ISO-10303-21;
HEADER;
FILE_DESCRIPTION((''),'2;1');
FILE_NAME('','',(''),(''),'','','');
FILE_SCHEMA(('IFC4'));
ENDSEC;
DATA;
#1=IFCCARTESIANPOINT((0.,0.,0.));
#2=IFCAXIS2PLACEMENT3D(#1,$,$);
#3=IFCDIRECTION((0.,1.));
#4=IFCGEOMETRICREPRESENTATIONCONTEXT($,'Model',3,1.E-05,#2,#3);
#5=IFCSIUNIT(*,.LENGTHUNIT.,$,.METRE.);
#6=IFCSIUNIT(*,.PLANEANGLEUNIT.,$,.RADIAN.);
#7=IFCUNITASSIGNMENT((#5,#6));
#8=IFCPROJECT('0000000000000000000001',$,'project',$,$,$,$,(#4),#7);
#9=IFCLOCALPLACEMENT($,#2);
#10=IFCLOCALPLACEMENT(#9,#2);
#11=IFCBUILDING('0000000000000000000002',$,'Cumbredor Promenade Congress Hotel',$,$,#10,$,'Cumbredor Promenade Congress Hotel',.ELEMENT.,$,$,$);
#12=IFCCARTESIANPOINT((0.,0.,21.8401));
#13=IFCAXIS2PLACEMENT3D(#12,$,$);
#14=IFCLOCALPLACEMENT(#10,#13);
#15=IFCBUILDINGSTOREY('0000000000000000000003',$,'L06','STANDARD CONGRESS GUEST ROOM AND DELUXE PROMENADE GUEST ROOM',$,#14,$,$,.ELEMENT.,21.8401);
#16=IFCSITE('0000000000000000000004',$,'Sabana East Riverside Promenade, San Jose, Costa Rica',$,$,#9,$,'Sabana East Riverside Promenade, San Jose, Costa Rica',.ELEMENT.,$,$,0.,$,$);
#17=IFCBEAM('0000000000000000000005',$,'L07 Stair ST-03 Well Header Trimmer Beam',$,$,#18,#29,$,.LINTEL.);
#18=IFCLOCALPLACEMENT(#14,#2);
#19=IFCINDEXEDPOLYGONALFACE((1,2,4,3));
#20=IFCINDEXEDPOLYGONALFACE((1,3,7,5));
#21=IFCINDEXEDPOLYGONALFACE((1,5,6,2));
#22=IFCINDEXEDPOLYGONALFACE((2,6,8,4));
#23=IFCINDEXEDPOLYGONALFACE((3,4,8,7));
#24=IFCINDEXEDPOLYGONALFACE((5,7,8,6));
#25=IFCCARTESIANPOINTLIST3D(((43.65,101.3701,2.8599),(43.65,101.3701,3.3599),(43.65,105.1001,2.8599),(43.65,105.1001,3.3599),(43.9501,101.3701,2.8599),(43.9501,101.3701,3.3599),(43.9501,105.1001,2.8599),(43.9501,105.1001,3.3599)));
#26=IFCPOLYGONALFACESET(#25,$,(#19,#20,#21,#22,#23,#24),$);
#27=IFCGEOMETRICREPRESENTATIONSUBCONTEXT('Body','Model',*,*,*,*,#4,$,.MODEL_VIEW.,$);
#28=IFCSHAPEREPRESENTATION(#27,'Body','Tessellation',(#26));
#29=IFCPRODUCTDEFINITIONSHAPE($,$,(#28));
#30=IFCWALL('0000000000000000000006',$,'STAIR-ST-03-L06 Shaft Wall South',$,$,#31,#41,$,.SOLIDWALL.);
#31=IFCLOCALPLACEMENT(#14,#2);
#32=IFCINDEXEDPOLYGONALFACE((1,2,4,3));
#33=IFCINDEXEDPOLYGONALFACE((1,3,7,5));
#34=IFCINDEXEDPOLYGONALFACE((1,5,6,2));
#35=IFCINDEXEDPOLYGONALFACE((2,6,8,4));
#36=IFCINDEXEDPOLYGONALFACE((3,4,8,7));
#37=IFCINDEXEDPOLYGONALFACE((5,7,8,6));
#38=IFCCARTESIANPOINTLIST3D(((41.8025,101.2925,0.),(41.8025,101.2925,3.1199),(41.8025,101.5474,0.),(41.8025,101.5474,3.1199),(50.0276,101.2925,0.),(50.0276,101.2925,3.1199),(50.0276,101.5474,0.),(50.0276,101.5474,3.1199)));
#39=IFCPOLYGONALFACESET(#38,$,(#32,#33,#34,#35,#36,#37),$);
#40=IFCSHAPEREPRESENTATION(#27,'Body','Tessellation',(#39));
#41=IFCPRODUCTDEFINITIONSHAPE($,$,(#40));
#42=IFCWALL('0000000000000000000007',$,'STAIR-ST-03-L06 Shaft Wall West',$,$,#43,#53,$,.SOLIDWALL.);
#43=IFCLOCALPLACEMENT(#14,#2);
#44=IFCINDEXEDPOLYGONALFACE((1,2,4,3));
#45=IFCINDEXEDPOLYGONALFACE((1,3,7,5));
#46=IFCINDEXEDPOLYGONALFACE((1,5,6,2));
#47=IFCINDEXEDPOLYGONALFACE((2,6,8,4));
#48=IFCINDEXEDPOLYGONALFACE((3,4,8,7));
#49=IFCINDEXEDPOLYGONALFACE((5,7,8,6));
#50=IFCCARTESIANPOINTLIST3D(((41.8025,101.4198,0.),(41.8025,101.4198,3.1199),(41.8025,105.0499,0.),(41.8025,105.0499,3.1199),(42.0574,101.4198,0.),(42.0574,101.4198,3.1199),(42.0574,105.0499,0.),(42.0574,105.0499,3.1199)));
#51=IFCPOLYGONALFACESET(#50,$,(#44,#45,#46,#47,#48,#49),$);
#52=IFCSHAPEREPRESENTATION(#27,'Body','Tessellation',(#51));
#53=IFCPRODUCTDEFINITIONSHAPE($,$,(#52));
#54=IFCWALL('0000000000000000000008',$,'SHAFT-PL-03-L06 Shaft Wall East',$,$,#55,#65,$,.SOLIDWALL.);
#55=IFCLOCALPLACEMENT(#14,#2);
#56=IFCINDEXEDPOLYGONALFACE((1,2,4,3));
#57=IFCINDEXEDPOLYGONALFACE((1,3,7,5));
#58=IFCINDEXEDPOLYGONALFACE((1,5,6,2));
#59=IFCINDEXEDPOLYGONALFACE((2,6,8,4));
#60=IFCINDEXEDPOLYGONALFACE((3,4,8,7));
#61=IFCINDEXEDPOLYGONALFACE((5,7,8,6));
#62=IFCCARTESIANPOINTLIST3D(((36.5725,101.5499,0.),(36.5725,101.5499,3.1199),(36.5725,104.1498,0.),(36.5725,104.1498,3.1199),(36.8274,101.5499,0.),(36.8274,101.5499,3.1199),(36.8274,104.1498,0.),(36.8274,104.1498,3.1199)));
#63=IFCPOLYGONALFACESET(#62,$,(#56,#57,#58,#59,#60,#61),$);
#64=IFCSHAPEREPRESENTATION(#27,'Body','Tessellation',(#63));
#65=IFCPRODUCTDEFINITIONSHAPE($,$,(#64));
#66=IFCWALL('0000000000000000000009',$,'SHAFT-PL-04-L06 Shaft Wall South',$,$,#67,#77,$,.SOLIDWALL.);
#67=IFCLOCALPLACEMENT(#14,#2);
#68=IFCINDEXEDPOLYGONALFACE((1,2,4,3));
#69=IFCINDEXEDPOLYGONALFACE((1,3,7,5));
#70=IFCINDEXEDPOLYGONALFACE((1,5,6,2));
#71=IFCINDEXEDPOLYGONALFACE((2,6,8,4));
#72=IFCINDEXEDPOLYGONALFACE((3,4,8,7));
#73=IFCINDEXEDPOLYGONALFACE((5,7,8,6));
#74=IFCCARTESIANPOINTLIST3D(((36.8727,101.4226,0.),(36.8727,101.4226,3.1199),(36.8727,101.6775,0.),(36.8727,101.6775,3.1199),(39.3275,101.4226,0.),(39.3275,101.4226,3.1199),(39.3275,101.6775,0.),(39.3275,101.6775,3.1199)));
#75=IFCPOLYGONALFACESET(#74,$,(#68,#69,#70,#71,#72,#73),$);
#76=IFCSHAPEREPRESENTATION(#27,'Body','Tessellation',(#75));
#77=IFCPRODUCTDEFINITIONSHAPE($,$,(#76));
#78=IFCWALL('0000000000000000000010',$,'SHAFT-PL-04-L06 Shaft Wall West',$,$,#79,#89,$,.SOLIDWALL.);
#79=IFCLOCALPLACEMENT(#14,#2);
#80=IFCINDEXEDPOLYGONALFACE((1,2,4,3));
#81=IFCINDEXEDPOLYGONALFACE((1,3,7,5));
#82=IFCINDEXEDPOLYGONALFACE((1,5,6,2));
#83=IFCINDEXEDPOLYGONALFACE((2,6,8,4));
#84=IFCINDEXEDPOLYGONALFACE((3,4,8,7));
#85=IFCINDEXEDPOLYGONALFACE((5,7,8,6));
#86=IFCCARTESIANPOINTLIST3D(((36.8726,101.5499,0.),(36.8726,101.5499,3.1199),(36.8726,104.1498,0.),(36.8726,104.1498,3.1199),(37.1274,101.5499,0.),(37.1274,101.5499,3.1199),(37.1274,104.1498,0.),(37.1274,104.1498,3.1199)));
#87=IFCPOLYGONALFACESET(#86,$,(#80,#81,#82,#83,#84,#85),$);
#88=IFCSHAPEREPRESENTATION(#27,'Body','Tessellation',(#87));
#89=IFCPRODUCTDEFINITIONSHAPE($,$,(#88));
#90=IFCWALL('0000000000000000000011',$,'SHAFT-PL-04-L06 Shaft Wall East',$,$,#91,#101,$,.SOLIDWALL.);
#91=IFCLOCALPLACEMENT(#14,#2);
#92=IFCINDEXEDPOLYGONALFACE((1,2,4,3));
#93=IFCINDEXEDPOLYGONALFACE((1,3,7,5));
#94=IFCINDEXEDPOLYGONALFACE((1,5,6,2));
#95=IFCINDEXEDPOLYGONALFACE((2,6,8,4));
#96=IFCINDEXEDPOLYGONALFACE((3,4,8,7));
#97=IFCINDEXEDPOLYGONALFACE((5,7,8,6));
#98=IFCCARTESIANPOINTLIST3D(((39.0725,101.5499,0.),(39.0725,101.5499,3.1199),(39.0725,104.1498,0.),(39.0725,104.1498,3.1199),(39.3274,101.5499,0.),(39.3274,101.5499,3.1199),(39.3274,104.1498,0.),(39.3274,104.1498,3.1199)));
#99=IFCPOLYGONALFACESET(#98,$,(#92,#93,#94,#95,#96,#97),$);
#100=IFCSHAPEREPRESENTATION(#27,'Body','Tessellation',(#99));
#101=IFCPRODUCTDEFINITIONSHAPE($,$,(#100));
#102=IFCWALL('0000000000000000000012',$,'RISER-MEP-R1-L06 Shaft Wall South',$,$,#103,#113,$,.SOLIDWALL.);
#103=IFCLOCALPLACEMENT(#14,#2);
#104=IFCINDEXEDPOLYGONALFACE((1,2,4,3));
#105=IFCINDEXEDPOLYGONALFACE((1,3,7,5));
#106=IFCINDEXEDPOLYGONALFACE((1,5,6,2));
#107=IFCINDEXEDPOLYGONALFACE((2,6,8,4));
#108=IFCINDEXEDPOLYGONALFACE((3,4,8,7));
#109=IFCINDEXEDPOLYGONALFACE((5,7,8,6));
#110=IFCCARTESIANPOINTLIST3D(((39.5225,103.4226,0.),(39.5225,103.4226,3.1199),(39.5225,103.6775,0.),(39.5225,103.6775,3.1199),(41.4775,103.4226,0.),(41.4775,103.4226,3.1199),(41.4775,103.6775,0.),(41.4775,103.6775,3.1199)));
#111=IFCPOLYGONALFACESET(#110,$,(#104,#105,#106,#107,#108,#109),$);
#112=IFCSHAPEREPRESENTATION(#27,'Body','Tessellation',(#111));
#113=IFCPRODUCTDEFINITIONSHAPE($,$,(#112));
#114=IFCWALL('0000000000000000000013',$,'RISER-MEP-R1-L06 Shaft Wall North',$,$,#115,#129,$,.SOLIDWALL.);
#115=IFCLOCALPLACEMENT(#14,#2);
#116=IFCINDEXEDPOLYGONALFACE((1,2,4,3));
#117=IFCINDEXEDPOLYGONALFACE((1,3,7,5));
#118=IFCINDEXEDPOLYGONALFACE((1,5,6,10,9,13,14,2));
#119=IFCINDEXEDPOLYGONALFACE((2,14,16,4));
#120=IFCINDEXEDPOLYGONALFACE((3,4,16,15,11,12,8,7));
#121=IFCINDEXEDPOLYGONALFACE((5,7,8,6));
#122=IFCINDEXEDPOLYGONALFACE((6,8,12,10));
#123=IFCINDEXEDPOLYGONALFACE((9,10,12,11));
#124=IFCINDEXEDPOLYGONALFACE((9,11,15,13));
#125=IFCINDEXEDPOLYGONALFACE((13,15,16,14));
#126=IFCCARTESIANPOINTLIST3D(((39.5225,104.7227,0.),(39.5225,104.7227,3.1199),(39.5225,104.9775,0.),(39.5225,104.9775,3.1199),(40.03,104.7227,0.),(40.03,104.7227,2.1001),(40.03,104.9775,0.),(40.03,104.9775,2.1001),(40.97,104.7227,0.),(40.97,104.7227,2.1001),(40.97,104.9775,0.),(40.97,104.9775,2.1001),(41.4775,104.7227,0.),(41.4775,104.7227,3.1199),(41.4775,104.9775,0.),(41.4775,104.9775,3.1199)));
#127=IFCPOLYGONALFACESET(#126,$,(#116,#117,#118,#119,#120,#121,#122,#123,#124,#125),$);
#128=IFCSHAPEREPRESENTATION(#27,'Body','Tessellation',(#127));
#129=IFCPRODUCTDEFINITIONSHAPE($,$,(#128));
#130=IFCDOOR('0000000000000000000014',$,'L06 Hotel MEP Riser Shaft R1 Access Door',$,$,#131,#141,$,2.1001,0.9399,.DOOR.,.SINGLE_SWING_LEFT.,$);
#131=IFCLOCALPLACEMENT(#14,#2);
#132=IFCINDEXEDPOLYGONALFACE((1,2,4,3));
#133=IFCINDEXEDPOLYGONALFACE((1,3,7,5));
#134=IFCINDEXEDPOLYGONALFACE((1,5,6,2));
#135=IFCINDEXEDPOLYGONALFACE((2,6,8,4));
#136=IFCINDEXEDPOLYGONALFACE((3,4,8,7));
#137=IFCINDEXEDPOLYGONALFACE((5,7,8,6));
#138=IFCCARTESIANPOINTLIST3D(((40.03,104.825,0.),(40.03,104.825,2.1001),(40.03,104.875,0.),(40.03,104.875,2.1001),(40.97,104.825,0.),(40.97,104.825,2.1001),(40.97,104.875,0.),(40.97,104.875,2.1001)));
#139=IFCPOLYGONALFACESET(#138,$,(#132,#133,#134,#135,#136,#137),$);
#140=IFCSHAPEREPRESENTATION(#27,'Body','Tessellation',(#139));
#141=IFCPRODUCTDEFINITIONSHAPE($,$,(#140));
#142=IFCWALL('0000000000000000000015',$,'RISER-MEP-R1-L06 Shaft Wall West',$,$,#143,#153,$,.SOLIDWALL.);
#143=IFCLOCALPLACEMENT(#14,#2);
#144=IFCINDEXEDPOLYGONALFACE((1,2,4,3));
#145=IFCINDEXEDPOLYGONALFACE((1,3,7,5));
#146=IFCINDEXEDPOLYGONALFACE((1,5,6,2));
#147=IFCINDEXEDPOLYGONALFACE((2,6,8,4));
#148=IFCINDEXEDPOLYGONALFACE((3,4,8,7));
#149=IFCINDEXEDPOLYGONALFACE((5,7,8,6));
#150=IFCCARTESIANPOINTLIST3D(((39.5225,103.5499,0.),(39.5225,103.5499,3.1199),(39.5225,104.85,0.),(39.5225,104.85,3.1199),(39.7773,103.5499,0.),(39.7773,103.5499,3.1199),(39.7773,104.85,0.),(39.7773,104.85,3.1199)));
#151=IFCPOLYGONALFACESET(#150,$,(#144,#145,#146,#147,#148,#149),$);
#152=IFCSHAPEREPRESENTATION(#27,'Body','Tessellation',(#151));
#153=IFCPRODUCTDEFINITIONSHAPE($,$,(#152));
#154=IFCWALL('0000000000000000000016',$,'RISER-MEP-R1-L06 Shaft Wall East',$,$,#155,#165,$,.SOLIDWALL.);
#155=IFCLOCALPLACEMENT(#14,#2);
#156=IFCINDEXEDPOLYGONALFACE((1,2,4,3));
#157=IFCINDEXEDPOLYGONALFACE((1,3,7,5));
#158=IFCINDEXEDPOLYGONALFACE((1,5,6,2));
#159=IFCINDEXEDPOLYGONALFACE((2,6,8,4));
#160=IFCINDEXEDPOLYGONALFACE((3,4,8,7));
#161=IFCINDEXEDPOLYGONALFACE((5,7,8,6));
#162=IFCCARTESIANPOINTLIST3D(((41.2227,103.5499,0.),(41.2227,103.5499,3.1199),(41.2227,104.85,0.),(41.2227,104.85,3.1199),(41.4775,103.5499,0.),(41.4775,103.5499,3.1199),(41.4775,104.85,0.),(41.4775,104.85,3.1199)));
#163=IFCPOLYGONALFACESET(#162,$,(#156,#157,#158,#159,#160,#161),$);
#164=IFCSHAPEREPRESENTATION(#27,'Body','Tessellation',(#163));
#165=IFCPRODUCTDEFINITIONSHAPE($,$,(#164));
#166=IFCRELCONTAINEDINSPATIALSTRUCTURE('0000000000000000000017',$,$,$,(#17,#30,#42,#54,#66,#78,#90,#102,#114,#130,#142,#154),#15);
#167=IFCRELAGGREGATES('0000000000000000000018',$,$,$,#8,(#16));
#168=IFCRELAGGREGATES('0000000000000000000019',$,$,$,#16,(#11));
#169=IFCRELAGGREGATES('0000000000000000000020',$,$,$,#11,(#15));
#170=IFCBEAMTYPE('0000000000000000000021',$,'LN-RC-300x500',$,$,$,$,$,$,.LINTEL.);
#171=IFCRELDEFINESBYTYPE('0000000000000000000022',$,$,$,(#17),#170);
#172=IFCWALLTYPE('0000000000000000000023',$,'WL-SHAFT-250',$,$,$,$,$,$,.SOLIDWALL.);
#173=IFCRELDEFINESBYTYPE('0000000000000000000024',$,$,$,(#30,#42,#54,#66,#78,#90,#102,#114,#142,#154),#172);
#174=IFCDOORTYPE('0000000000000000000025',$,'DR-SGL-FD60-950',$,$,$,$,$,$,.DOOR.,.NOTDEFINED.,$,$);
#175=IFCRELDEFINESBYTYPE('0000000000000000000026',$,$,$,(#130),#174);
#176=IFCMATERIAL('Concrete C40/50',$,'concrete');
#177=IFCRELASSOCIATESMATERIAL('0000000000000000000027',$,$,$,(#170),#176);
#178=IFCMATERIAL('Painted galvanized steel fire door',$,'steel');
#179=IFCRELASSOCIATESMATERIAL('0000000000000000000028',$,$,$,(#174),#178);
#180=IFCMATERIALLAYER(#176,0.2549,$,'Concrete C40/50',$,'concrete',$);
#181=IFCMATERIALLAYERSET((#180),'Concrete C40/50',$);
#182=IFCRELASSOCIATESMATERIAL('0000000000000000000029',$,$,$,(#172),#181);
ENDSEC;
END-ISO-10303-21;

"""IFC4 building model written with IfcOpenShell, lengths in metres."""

from ifc_helpers import new_model, si_unit, direction, frame, frame_2d, origin, origin_2d, place, context, subcontext, project, spatial, rectangle, extrude, material, layer, layer_set, material_profile, profile_set, type_object, element, fill, save


model = new_model("IFC4")

# Units and contexts
model_context = context("Model", 3, precision=1e-05, world=origin(), true_north=direction((0.0, 1.0)))
body_context = subcontext(model_context, "Body", "Model", "MODEL_VIEW")
ifc_project = project(units=[si_unit("LENGTHUNIT", "METRE"), si_unit("PLANEANGLEUNIT", "RADIAN")], contexts=[model_context])

# Site, building, storey
site_placement = place(None, origin())
site = spatial("IfcSite", under=ifc_project, at=site_placement, Name="Sabana East Riverside Promenade, San Jose, Costa Rica", LongName="Sabana East Riverside Promenade, San Jose, Costa Rica", CompositionType="ELEMENT", RefElevation=0.0)
building_placement = place(site_placement, origin())
building = spatial("IfcBuilding", under=site, at=building_placement, Name="Cumbredor Promenade Congress Hotel", LongName="Cumbredor Promenade Congress Hotel", CompositionType="ELEMENT")
storey_placement = place(building_placement, frame((0.0, 0.0, 21.8401)))
storey = spatial("IfcBuildingStorey", under=building, at=storey_placement, Name="L06", Description="STANDARD CONGRESS GUEST ROOM AND DELUXE PROMENADE GUEST ROOM", CompositionType="ELEMENT", Elevation=21.8401)

# Beam
ifc_material_1 = material(Name="Concrete C40/50", Category="concrete")
ifc_material_profile = material_profile(ifc_material_1, rectangle(XDim=0.3, YDim=0.5, at=origin_2d()), Name="RC LINTEL 300x500")
ifc_profile_set = profile_set([ifc_material_profile], Name="Concrete C40/50")
beam_type = type_object("IfcBeamType", Name="LN-RC-300x500", PredefinedType="LINTEL", material=ifc_profile_set)
beam_placement = place(storey_placement, frame((43.8, 101.3701, 3.1099), z_axis=(0.0, 1.0, 0.0), x_axis=(-1.0, 0.0, 0.0)))
element("IfcBeam", 1, at=beam_placement, inside=storey, type_object=beam_type, Name="L07 Stair ST-03 Well Header Trimmer Beam", PredefinedType="LINTEL", context=body_context, shape_type="SweptSolid", body=[
    extrude(rectangle(XDim=0.3, YDim=0.5, at=origin_2d()), origin(), (0.0, 0.0, 1.0), 3.73),
])

# Shared definitions
ifc_material_2 = material(Name="Painted galvanized steel fire door", Category="steel")
door_type_1 = type_object("IfcDoorType", Name="DR-SGL-FD60-950", OperationType="NOTDEFINED", PredefinedType="DOOR", material=ifc_material_2)

# Wall
ifc_layer_1 = layer(ifc_material_1, 0.2549, Name="Concrete C40/50", Category="concrete")
ifc_layer_set_1 = layer_set([ifc_layer_1], Name="Concrete C40/50")
wall_type_1 = type_object("IfcWallType", Name="WL-SHAFT-250", PredefinedType="SOLIDWALL", material=ifc_layer_set_1)
wall_1_placement = place(storey_placement, frame((41.8025, 101.4199, 0.0), z_axis=(0.0, 0.0, 1.0), x_axis=(1.0, 0.0, 0.0)))
element("IfcWall", 2, at=wall_1_placement, inside=storey, type_object=wall_type_1, Name="STAIR-ST-03-L06 Shaft Wall South", PredefinedType="SOLIDWALL", context=body_context, shape_type="SweptSolid", body=[
    extrude(rectangle(XDim=8.2251, YDim=0.2549, at=frame_2d((4.1125, 0.0))), origin(), (0.0, 0.0, 1.0), 3.1199),
])

# Walls
wall_2_placement = place(storey_placement, frame((41.9299, 101.4199, 0.0), z_axis=(0.0, 0.0, 1.0), x_axis=(0.0, 1.0, 0.0)))
element("IfcWall", 3, at=wall_2_placement, inside=storey, type_object=wall_type_1, Name="STAIR-ST-03-L06 Shaft Wall West", PredefinedType="SOLIDWALL", context=body_context, shape_type="SweptSolid", body=[
    extrude(rectangle(XDim=3.6301, YDim=0.2549, at=frame_2d((1.8149, 0.0))), origin(), (0.0, 0.0, 1.0), 3.1199),
])
wall_3_placement = place(storey_placement, frame((36.7, 101.55, 0.0), z_axis=(0.0, 0.0, 1.0), x_axis=(0.0, 1.0, 0.0)))
element("IfcWall", 4, at=wall_3_placement, inside=storey, type_object=wall_type_1, Name="SHAFT-PL-03-L06 Shaft Wall East", PredefinedType="SOLIDWALL", context=body_context, shape_type="SweptSolid", body=[
    extrude(rectangle(XDim=2.5999, YDim=0.2549, at=frame_2d((1.2998, 0.0))), origin(), (0.0, 0.0, 1.0), 3.1199),
])
wall_4_placement = place(storey_placement, frame((36.8726, 101.55, 0.0), z_axis=(0.0, 0.0, 1.0), x_axis=(1.0, 0.0, 0.0)))
element("IfcWall", 5, at=wall_4_placement, inside=storey, type_object=wall_type_1, Name="SHAFT-PL-04-L06 Shaft Wall South", PredefinedType="SOLIDWALL", context=body_context, shape_type="SweptSolid", body=[
    extrude(rectangle(XDim=2.4548, YDim=0.2549, at=frame_2d((1.2275, 0.0))), origin(), (0.0, 0.0, 1.0), 3.1199),
])

# Walls
for number, where, z_axis, x_axis, name in (
    (6, (37.0, 101.55, 0.0), (0.0, 0.0, 1.0), (0.0, 1.0, 0.0), "SHAFT-PL-04-L06 Shaft Wall West"),
    (7, (39.2, 101.55, 0.0), (0.0, 0.0, 1.0), (0.0, 1.0, 0.0), "SHAFT-PL-04-L06 Shaft Wall East"),
):
    element("IfcWall", number, at=place(storey_placement, frame(where, z_axis=z_axis, x_axis=x_axis)), inside=storey, type_object=wall_type_1, Name=name, PredefinedType="SOLIDWALL", context=body_context, shape_type="SweptSolid", body=[
        extrude(rectangle(XDim=2.5999, YDim=0.2549, at=frame_2d((1.2998, 0.0))), origin(), (0.0, 0.0, 1.0), 3.1199),
    ])
wall_5_placement = place(storey_placement, frame((39.5225, 103.55, 0.0), z_axis=(0.0, 0.0, 1.0), x_axis=(1.0, 0.0, 0.0)))
element("IfcWall", 8, at=wall_5_placement, inside=storey, type_object=wall_type_1, Name="RISER-MEP-R1-L06 Shaft Wall South", PredefinedType="SOLIDWALL", context=body_context, shape_type="SweptSolid", body=[
    extrude(rectangle(XDim=1.9551, YDim=0.2549, at=frame_2d((0.9775, 0.0))), origin(), (0.0, 0.0, 1.0), 3.1199),
])

# Wall, opening, door
wall_6_placement = place(storey_placement, frame((39.5225, 104.8501, 0.0), z_axis=(0.0, 0.0, 1.0), x_axis=(1.0, 0.0, 0.0)))
wall_6 = element("IfcWall", 9, at=wall_6_placement, inside=storey, type_object=wall_type_1, Name="RISER-MEP-R1-L06 Shaft Wall North", PredefinedType="SOLIDWALL", context=body_context, shape_type="SweptSolid", body=[
    extrude(rectangle(XDim=1.9551, YDim=0.2549, at=frame_2d((0.9775, 0.0))), origin(), (0.0, 0.0, 1.0), 3.1199),
])
opening_1_placement = place(wall_6_placement, frame((0.5076, 0.0, 0.0)))
opening_1 = element("IfcOpeningElement", 10, at=opening_1_placement, cuts=wall_6, PredefinedType="OPENING", context=body_context, shape_type="SweptSolid", body=[
    extrude(rectangle(XDim=0.9399, YDim=2.1001, at=frame_2d((0.47, 1.05))), frame((0.0, 0.1375, 0.0), z_axis=(0.0, -1.0, 0.0), x_axis=(1.0, 0.0, 0.0)), (0.0, 0.0, 1.0), 0.2749),
])
door_1_placement = place(opening_1_placement, origin())
door_1 = element("IfcDoor", 11, at=door_1_placement, inside=storey, type_object=door_type_1, Name="L06 Hotel MEP Riser Shaft R1 Access Door", OperationType="SINGLE_SWING_LEFT", OverallHeight=2.1001, OverallWidth=0.9399, PredefinedType="DOOR", context=body_context, shape_type="SweptSolid", body=[
    extrude(rectangle(XDim=0.9399, YDim=2.1001, at=frame_2d((0.47, 1.05))), frame((0.0, 0.0249, 0.0), z_axis=(0.0, -1.0, 0.0), x_axis=(1.0, 0.0, 0.0)), (0.0, 0.0, 1.0), 0.05),
])
fill(opening_1, door_1)

# Walls
for number, where, z_axis, x_axis, name in (
    (12, (39.6499, 103.55, 0.0), (0.0, 0.0, 1.0), (0.0, 1.0, 0.0), "RISER-MEP-R1-L06 Shaft Wall West"),
    (13, (41.3501, 103.55, 0.0), (0.0, 0.0, 1.0), (0.0, 1.0, 0.0), "RISER-MEP-R1-L06 Shaft Wall East"),
):
    element("IfcWall", number, at=place(storey_placement, frame(where, z_axis=z_axis, x_axis=x_axis)), inside=storey, type_object=wall_type_1, Name=name, PredefinedType="SOLIDWALL", context=body_context, shape_type="SweptSolid", body=[
        extrude(rectangle(XDim=1.3, YDim=0.2549, at=frame_2d((0.6499, 0.0))), origin(), (0.0, 0.0, 1.0), 3.1199),
    ])

save(model, "model.ifc")
